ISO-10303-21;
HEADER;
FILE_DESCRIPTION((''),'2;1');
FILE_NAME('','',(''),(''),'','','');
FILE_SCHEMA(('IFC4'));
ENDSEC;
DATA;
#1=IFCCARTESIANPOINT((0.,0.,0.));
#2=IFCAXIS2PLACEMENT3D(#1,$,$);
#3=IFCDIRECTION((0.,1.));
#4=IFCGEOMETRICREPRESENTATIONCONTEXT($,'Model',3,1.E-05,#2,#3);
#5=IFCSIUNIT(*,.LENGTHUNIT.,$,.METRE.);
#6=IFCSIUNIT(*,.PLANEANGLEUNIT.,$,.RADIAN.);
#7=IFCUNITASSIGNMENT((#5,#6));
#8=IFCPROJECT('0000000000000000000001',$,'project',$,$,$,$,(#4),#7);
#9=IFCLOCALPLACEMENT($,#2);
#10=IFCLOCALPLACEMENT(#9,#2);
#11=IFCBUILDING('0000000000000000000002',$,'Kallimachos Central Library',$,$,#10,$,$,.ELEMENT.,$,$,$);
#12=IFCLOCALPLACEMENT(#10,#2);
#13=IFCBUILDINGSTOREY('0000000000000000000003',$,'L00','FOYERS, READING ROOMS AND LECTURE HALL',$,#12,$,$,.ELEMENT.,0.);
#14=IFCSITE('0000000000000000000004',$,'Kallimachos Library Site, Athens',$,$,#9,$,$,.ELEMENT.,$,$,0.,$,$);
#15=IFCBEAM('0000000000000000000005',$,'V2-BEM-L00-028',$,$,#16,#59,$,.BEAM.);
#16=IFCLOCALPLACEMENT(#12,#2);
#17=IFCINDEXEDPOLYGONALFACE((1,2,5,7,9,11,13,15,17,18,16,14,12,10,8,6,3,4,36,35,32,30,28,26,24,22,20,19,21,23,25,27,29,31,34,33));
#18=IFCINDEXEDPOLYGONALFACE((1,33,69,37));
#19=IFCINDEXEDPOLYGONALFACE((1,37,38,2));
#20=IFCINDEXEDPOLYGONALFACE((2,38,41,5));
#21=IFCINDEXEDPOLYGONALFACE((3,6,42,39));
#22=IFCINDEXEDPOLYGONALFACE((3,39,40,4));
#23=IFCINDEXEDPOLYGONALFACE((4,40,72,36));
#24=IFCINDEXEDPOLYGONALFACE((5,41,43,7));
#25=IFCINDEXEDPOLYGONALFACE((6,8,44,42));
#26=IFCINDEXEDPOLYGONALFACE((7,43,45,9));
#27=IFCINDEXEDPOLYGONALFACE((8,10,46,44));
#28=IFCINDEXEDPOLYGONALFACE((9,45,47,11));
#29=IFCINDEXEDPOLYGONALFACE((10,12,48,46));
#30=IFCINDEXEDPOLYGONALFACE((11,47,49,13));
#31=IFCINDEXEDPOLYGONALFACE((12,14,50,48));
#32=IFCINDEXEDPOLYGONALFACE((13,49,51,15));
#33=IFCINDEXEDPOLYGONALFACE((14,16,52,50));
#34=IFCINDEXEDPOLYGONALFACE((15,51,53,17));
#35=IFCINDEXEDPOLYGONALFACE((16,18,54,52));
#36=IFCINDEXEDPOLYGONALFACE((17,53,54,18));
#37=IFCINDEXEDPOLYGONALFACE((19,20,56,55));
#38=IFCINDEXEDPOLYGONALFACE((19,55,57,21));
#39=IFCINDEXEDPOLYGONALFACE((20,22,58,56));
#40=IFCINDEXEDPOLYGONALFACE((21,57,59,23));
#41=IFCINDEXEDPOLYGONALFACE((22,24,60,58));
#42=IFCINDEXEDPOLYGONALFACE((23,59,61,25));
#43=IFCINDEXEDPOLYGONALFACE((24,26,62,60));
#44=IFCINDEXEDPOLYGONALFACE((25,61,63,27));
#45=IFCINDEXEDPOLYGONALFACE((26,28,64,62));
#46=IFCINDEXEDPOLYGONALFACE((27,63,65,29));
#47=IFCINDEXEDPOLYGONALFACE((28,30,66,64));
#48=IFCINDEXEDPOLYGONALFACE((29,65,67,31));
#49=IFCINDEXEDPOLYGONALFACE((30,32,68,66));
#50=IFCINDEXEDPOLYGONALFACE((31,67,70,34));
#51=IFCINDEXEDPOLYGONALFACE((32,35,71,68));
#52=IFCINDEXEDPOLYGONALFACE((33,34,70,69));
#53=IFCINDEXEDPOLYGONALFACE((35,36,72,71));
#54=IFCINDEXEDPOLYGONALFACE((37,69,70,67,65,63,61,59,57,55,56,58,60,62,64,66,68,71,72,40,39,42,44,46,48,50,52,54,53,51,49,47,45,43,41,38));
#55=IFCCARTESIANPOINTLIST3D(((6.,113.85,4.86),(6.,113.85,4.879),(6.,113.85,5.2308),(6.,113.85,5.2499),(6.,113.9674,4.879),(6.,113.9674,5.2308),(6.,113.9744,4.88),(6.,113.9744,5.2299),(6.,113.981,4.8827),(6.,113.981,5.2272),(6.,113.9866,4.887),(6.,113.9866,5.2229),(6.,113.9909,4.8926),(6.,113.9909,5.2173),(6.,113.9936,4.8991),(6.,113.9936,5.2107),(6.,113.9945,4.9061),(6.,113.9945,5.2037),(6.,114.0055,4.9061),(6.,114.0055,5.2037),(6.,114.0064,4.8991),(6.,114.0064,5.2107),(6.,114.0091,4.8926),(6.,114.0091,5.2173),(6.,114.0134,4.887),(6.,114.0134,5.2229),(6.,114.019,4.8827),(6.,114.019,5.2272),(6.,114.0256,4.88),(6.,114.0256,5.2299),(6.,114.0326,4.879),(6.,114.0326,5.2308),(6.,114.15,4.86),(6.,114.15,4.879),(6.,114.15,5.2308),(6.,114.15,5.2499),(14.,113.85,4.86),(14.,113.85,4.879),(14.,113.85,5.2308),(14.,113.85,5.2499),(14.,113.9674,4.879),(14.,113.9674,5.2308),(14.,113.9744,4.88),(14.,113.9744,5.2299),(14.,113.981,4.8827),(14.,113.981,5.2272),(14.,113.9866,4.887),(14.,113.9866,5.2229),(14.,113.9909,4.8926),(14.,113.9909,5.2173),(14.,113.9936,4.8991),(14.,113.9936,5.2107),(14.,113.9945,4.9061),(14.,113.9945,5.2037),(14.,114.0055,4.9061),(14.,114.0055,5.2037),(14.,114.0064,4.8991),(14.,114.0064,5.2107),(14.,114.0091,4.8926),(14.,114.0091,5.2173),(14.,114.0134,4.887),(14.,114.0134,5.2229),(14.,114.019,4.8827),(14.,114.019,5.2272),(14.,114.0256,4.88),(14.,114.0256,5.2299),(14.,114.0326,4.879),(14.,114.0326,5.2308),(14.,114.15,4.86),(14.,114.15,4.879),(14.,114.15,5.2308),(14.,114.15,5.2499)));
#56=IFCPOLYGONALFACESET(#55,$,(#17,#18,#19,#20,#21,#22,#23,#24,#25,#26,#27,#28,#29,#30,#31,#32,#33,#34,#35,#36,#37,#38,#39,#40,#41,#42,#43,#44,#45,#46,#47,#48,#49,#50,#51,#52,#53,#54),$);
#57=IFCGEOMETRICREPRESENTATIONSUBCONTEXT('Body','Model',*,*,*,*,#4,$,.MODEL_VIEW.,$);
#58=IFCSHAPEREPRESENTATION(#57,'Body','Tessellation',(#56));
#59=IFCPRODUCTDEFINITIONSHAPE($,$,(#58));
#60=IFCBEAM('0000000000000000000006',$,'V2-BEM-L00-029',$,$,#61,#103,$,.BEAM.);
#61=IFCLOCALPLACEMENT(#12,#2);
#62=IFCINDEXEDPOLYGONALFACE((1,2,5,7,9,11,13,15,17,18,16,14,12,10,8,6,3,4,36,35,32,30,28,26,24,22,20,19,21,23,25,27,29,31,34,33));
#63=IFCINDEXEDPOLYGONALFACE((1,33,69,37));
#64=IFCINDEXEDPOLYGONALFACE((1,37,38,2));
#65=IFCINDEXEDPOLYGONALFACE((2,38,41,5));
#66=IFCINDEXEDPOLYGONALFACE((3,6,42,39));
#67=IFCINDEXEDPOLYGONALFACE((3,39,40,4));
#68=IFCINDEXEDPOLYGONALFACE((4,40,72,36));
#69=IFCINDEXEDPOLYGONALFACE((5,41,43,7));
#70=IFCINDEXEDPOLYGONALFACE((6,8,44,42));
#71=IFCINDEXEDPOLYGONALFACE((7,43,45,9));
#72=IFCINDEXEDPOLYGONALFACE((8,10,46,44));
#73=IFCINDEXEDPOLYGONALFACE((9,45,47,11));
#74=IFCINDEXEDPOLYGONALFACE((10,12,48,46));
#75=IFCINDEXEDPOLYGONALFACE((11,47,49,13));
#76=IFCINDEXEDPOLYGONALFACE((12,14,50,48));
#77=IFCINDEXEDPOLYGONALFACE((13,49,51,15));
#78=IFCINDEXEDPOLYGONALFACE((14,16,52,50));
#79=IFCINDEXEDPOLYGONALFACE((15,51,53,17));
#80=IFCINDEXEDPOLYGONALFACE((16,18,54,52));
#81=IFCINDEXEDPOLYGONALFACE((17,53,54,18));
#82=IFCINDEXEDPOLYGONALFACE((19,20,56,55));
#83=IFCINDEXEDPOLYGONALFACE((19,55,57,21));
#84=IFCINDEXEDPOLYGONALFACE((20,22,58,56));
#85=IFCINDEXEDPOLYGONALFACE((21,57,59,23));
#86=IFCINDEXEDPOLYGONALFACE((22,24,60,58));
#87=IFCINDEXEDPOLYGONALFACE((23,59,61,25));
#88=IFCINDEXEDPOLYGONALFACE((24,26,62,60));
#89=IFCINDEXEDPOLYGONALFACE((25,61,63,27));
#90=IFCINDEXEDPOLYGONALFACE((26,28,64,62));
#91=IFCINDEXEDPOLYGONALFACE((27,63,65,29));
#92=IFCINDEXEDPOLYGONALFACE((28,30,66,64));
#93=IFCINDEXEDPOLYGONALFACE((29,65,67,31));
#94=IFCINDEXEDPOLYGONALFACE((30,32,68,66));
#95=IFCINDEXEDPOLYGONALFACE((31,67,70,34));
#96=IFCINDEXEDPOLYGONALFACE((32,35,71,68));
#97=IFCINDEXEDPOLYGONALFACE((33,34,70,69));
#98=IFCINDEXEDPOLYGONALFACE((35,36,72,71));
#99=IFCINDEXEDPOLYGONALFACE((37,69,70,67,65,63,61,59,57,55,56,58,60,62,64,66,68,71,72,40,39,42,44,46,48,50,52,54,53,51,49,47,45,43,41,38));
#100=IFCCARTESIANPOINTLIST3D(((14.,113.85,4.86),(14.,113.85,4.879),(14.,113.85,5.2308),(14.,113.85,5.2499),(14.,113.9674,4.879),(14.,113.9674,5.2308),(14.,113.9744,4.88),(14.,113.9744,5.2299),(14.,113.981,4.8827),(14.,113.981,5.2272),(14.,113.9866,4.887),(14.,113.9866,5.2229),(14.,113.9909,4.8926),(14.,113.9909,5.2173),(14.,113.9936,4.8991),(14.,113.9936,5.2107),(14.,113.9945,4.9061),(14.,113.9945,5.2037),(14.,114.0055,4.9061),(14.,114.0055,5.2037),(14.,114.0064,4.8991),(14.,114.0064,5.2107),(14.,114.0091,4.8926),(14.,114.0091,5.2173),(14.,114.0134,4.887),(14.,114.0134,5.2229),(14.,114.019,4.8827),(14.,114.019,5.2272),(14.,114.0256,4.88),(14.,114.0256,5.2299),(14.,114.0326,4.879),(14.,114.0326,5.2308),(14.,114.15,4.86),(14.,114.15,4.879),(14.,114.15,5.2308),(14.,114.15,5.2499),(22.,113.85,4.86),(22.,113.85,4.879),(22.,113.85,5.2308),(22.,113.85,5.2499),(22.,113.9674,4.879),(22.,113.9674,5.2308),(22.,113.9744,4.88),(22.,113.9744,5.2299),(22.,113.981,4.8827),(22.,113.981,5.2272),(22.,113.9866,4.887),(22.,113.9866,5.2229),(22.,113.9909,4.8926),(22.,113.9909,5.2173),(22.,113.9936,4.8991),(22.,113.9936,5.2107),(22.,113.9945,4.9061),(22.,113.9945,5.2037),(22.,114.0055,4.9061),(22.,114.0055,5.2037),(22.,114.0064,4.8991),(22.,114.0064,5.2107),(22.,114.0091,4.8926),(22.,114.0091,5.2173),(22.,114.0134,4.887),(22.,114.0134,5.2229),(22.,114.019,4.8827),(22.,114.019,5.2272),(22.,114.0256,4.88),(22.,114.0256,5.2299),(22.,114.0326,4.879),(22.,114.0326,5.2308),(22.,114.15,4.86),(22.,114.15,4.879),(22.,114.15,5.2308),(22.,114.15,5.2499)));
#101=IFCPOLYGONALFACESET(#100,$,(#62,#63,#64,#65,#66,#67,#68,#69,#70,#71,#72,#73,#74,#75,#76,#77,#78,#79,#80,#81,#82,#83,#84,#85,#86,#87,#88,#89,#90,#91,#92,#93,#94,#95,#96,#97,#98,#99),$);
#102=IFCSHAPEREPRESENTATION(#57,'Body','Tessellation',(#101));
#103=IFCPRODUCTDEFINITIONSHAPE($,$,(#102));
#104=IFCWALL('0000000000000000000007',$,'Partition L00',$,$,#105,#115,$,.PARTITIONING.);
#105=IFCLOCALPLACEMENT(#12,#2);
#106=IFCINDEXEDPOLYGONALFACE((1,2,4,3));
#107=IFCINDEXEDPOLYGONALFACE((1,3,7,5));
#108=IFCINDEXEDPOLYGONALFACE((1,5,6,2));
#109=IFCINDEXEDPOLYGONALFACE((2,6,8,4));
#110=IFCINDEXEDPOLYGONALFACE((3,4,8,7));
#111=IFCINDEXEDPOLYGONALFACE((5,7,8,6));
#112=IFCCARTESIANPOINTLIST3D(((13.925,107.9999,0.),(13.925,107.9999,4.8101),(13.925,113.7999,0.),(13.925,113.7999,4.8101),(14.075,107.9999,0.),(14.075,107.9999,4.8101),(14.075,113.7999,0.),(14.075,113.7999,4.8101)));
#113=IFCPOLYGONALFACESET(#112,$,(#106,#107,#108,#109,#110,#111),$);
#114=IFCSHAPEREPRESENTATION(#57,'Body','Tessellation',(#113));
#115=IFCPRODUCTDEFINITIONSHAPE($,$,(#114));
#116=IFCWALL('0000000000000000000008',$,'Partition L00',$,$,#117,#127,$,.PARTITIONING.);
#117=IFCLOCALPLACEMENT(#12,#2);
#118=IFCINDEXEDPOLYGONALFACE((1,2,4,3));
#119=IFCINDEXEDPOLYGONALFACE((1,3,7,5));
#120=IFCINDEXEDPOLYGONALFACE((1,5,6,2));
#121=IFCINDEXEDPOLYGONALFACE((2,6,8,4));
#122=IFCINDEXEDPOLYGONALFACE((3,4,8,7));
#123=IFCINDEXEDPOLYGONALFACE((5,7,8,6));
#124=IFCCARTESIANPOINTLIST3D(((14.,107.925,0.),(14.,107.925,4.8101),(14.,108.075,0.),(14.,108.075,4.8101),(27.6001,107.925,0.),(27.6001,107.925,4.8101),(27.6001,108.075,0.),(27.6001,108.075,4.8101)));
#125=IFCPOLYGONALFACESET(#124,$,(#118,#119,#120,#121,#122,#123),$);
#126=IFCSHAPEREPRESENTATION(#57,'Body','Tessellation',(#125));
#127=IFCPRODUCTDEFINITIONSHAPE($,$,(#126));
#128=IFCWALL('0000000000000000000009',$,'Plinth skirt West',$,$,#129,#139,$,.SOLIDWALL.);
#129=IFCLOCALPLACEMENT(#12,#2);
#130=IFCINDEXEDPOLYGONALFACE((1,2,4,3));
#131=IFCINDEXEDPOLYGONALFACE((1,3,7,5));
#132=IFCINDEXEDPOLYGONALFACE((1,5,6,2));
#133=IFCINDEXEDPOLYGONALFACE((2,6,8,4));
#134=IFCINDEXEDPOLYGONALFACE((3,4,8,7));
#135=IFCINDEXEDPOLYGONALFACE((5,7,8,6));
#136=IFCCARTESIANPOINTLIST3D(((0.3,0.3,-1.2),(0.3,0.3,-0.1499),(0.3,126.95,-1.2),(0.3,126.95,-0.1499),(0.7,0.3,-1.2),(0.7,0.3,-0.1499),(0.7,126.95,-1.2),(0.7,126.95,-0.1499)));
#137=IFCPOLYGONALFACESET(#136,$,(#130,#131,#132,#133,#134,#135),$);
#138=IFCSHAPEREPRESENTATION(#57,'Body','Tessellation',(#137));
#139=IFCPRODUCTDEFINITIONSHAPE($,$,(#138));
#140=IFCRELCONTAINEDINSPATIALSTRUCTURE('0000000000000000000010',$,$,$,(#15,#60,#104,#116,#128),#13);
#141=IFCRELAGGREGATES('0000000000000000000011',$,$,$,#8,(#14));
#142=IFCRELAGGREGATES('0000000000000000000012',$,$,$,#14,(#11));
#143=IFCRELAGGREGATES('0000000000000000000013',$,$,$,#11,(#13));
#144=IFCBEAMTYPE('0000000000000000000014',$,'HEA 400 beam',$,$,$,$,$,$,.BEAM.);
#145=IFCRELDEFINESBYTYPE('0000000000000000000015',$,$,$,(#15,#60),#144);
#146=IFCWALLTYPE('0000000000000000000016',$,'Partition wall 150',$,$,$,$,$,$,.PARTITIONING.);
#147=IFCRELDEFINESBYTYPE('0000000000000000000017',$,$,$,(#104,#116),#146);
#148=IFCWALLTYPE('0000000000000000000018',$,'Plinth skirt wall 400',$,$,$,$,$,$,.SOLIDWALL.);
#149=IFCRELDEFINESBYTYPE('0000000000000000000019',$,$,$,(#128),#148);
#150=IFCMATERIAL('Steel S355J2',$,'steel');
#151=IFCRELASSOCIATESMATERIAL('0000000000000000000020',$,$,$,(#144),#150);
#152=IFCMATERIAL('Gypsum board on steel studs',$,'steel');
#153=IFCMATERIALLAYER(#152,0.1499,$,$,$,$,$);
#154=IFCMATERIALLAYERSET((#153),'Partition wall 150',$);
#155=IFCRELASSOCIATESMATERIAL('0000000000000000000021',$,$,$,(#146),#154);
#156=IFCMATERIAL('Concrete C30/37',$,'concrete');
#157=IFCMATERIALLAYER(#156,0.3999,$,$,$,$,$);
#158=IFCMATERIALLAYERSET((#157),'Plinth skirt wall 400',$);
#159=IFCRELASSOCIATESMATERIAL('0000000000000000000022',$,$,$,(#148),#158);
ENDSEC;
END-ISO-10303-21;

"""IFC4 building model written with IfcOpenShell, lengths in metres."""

from ifc_helpers import new_model, si_unit, direction, frame, frame_2d, origin, origin_2d, place, context, subcontext, project, spatial, rectangle, i_section, extrude, material, layer, layer_set, material_profile, profile_set, type_object, element, save


model = new_model("IFC4")

# Units and contexts
model_context = context("Model", 3, precision=1e-05, world=origin(), true_north=direction((0.0, 1.0)))
body_context = subcontext(model_context, "Body", "Model", "MODEL_VIEW")
ifc_project = project(units=[si_unit("LENGTHUNIT", "METRE"), si_unit("PLANEANGLEUNIT", "RADIAN")], contexts=[model_context])

# Site, building, storey
site_placement = place(None, origin())
site = spatial("IfcSite", under=ifc_project, at=site_placement, Name="Kallimachos Library Site, Athens", CompositionType="ELEMENT", RefElevation=0.0)
building_placement = place(site_placement, origin())
building = spatial("IfcBuilding", under=site, at=building_placement, Name="Kallimachos Central Library", CompositionType="ELEMENT")
storey_placement = place(building_placement, origin())
storey = spatial("IfcBuildingStorey", under=building, at=storey_placement, Name="L00", Description="FOYERS, READING ROOMS AND LECTURE HALL", CompositionType="ELEMENT", Elevation=0.0)

# Beams
ifc_material_1 = material(Name="Steel S355J2", Category="steel")
ifc_material_profile_1 = material_profile(ifc_material_1, i_section(OverallWidth=0.3, OverallDepth=0.3899, WebThickness=0.011, FlangeThickness=0.019, FilletRadius=0.0271, at=origin_2d()), Name="HEA 400")
ifc_profile_set_1 = profile_set([ifc_material_profile_1], Name="Steel S355J2")
beam_type = type_object("IfcBeamType", Name="HEA 400 beam", PredefinedType="BEAM", material=ifc_profile_set_1)
for number, where, z_axis, x_axis, name in (
    (1, (6.0, 114.0, 5.0549), (1.0, 0.0, 0.0), (0.0, 1.0, 0.0), "V2-BEM-L00-028"),
    (2, (14.0, 114.0, 5.0549), (1.0, 0.0, 0.0), (0.0, 1.0, 0.0), "V2-BEM-L00-029"),
):
    element("IfcBeam", number, at=place(storey_placement, frame(where, z_axis=z_axis, x_axis=x_axis)), inside=storey, type_object=beam_type, Name=name, PredefinedType="BEAM", context=body_context, shape_type="SweptSolid", body=[
        extrude(i_section(OverallWidth=0.3, OverallDepth=0.3899, WebThickness=0.011, FlangeThickness=0.019, FilletRadius=0.0271, at=origin_2d()), origin(), (0.0, 0.0, 1.0), 8.0),
    ])

# Walls
ifc_material_2 = material(Name="Gypsum board on steel studs", Category="steel")
ifc_layer_1 = layer(ifc_material_2, 0.1499)
ifc_layer_set_1 = layer_set([ifc_layer_1], Name="Partition wall 150")
wall_type_1 = type_object("IfcWallType", Name="Partition wall 150", PredefinedType="PARTITIONING", material=ifc_layer_set_1)
wall_1_placement = place(storey_placement, frame((14.0, 108.0, 0.0), z_axis=(0.0, 0.0, 1.0), x_axis=(0.0, 1.0, 0.0)))
element("IfcWall", 3, at=wall_1_placement, inside=storey, type_object=wall_type_1, Name="Partition L00", PredefinedType="PARTITIONING", context=body_context, shape_type="SweptSolid", body=[
    extrude(rectangle(XDim=5.8, YDim=0.1499, at=frame_2d((2.8999, 0.0))), origin(), (0.0, 0.0, 1.0), 4.8101),
])
wall_2_placement = place(storey_placement, frame((14.0, 108.0, 0.0), z_axis=(0.0, 0.0, 1.0), x_axis=(1.0, 0.0, 0.0)))
element("IfcWall", 4, at=wall_2_placement, inside=storey, type_object=wall_type_1, Name="Partition L00", PredefinedType="PARTITIONING", context=body_context, shape_type="SweptSolid", body=[
    extrude(rectangle(XDim=13.6001, YDim=0.1499, at=frame_2d((6.8, 0.0))), origin(), (0.0, 0.0, 1.0), 4.8101),
])
ifc_material_3 = material(Name="Concrete C30/37", Category="concrete")
ifc_layer_2 = layer(ifc_material_3, 0.3999)
ifc_layer_set_2 = layer_set([ifc_layer_2], Name="Plinth skirt wall 400")
wall_type_2 = type_object("IfcWallType", Name="Plinth skirt wall 400", PredefinedType="SOLIDWALL", material=ifc_layer_set_2)
wall_3_placement = place(storey_placement, frame((0.5, 126.95, -1.2), z_axis=(0.0, 0.0, 1.0), x_axis=(0.0, -1.0, 0.0)))
element("IfcWall", 5, at=wall_3_placement, inside=storey, type_object=wall_type_2, Name="Plinth skirt West", PredefinedType="SOLIDWALL", context=body_context, shape_type="SweptSolid", body=[
    extrude(rectangle(XDim=126.6499, YDim=0.3999, at=frame_2d((63.325, 0.0))), origin(), (0.0, 0.0, 1.0), 1.05),
])

save(model, "model.ifc")
